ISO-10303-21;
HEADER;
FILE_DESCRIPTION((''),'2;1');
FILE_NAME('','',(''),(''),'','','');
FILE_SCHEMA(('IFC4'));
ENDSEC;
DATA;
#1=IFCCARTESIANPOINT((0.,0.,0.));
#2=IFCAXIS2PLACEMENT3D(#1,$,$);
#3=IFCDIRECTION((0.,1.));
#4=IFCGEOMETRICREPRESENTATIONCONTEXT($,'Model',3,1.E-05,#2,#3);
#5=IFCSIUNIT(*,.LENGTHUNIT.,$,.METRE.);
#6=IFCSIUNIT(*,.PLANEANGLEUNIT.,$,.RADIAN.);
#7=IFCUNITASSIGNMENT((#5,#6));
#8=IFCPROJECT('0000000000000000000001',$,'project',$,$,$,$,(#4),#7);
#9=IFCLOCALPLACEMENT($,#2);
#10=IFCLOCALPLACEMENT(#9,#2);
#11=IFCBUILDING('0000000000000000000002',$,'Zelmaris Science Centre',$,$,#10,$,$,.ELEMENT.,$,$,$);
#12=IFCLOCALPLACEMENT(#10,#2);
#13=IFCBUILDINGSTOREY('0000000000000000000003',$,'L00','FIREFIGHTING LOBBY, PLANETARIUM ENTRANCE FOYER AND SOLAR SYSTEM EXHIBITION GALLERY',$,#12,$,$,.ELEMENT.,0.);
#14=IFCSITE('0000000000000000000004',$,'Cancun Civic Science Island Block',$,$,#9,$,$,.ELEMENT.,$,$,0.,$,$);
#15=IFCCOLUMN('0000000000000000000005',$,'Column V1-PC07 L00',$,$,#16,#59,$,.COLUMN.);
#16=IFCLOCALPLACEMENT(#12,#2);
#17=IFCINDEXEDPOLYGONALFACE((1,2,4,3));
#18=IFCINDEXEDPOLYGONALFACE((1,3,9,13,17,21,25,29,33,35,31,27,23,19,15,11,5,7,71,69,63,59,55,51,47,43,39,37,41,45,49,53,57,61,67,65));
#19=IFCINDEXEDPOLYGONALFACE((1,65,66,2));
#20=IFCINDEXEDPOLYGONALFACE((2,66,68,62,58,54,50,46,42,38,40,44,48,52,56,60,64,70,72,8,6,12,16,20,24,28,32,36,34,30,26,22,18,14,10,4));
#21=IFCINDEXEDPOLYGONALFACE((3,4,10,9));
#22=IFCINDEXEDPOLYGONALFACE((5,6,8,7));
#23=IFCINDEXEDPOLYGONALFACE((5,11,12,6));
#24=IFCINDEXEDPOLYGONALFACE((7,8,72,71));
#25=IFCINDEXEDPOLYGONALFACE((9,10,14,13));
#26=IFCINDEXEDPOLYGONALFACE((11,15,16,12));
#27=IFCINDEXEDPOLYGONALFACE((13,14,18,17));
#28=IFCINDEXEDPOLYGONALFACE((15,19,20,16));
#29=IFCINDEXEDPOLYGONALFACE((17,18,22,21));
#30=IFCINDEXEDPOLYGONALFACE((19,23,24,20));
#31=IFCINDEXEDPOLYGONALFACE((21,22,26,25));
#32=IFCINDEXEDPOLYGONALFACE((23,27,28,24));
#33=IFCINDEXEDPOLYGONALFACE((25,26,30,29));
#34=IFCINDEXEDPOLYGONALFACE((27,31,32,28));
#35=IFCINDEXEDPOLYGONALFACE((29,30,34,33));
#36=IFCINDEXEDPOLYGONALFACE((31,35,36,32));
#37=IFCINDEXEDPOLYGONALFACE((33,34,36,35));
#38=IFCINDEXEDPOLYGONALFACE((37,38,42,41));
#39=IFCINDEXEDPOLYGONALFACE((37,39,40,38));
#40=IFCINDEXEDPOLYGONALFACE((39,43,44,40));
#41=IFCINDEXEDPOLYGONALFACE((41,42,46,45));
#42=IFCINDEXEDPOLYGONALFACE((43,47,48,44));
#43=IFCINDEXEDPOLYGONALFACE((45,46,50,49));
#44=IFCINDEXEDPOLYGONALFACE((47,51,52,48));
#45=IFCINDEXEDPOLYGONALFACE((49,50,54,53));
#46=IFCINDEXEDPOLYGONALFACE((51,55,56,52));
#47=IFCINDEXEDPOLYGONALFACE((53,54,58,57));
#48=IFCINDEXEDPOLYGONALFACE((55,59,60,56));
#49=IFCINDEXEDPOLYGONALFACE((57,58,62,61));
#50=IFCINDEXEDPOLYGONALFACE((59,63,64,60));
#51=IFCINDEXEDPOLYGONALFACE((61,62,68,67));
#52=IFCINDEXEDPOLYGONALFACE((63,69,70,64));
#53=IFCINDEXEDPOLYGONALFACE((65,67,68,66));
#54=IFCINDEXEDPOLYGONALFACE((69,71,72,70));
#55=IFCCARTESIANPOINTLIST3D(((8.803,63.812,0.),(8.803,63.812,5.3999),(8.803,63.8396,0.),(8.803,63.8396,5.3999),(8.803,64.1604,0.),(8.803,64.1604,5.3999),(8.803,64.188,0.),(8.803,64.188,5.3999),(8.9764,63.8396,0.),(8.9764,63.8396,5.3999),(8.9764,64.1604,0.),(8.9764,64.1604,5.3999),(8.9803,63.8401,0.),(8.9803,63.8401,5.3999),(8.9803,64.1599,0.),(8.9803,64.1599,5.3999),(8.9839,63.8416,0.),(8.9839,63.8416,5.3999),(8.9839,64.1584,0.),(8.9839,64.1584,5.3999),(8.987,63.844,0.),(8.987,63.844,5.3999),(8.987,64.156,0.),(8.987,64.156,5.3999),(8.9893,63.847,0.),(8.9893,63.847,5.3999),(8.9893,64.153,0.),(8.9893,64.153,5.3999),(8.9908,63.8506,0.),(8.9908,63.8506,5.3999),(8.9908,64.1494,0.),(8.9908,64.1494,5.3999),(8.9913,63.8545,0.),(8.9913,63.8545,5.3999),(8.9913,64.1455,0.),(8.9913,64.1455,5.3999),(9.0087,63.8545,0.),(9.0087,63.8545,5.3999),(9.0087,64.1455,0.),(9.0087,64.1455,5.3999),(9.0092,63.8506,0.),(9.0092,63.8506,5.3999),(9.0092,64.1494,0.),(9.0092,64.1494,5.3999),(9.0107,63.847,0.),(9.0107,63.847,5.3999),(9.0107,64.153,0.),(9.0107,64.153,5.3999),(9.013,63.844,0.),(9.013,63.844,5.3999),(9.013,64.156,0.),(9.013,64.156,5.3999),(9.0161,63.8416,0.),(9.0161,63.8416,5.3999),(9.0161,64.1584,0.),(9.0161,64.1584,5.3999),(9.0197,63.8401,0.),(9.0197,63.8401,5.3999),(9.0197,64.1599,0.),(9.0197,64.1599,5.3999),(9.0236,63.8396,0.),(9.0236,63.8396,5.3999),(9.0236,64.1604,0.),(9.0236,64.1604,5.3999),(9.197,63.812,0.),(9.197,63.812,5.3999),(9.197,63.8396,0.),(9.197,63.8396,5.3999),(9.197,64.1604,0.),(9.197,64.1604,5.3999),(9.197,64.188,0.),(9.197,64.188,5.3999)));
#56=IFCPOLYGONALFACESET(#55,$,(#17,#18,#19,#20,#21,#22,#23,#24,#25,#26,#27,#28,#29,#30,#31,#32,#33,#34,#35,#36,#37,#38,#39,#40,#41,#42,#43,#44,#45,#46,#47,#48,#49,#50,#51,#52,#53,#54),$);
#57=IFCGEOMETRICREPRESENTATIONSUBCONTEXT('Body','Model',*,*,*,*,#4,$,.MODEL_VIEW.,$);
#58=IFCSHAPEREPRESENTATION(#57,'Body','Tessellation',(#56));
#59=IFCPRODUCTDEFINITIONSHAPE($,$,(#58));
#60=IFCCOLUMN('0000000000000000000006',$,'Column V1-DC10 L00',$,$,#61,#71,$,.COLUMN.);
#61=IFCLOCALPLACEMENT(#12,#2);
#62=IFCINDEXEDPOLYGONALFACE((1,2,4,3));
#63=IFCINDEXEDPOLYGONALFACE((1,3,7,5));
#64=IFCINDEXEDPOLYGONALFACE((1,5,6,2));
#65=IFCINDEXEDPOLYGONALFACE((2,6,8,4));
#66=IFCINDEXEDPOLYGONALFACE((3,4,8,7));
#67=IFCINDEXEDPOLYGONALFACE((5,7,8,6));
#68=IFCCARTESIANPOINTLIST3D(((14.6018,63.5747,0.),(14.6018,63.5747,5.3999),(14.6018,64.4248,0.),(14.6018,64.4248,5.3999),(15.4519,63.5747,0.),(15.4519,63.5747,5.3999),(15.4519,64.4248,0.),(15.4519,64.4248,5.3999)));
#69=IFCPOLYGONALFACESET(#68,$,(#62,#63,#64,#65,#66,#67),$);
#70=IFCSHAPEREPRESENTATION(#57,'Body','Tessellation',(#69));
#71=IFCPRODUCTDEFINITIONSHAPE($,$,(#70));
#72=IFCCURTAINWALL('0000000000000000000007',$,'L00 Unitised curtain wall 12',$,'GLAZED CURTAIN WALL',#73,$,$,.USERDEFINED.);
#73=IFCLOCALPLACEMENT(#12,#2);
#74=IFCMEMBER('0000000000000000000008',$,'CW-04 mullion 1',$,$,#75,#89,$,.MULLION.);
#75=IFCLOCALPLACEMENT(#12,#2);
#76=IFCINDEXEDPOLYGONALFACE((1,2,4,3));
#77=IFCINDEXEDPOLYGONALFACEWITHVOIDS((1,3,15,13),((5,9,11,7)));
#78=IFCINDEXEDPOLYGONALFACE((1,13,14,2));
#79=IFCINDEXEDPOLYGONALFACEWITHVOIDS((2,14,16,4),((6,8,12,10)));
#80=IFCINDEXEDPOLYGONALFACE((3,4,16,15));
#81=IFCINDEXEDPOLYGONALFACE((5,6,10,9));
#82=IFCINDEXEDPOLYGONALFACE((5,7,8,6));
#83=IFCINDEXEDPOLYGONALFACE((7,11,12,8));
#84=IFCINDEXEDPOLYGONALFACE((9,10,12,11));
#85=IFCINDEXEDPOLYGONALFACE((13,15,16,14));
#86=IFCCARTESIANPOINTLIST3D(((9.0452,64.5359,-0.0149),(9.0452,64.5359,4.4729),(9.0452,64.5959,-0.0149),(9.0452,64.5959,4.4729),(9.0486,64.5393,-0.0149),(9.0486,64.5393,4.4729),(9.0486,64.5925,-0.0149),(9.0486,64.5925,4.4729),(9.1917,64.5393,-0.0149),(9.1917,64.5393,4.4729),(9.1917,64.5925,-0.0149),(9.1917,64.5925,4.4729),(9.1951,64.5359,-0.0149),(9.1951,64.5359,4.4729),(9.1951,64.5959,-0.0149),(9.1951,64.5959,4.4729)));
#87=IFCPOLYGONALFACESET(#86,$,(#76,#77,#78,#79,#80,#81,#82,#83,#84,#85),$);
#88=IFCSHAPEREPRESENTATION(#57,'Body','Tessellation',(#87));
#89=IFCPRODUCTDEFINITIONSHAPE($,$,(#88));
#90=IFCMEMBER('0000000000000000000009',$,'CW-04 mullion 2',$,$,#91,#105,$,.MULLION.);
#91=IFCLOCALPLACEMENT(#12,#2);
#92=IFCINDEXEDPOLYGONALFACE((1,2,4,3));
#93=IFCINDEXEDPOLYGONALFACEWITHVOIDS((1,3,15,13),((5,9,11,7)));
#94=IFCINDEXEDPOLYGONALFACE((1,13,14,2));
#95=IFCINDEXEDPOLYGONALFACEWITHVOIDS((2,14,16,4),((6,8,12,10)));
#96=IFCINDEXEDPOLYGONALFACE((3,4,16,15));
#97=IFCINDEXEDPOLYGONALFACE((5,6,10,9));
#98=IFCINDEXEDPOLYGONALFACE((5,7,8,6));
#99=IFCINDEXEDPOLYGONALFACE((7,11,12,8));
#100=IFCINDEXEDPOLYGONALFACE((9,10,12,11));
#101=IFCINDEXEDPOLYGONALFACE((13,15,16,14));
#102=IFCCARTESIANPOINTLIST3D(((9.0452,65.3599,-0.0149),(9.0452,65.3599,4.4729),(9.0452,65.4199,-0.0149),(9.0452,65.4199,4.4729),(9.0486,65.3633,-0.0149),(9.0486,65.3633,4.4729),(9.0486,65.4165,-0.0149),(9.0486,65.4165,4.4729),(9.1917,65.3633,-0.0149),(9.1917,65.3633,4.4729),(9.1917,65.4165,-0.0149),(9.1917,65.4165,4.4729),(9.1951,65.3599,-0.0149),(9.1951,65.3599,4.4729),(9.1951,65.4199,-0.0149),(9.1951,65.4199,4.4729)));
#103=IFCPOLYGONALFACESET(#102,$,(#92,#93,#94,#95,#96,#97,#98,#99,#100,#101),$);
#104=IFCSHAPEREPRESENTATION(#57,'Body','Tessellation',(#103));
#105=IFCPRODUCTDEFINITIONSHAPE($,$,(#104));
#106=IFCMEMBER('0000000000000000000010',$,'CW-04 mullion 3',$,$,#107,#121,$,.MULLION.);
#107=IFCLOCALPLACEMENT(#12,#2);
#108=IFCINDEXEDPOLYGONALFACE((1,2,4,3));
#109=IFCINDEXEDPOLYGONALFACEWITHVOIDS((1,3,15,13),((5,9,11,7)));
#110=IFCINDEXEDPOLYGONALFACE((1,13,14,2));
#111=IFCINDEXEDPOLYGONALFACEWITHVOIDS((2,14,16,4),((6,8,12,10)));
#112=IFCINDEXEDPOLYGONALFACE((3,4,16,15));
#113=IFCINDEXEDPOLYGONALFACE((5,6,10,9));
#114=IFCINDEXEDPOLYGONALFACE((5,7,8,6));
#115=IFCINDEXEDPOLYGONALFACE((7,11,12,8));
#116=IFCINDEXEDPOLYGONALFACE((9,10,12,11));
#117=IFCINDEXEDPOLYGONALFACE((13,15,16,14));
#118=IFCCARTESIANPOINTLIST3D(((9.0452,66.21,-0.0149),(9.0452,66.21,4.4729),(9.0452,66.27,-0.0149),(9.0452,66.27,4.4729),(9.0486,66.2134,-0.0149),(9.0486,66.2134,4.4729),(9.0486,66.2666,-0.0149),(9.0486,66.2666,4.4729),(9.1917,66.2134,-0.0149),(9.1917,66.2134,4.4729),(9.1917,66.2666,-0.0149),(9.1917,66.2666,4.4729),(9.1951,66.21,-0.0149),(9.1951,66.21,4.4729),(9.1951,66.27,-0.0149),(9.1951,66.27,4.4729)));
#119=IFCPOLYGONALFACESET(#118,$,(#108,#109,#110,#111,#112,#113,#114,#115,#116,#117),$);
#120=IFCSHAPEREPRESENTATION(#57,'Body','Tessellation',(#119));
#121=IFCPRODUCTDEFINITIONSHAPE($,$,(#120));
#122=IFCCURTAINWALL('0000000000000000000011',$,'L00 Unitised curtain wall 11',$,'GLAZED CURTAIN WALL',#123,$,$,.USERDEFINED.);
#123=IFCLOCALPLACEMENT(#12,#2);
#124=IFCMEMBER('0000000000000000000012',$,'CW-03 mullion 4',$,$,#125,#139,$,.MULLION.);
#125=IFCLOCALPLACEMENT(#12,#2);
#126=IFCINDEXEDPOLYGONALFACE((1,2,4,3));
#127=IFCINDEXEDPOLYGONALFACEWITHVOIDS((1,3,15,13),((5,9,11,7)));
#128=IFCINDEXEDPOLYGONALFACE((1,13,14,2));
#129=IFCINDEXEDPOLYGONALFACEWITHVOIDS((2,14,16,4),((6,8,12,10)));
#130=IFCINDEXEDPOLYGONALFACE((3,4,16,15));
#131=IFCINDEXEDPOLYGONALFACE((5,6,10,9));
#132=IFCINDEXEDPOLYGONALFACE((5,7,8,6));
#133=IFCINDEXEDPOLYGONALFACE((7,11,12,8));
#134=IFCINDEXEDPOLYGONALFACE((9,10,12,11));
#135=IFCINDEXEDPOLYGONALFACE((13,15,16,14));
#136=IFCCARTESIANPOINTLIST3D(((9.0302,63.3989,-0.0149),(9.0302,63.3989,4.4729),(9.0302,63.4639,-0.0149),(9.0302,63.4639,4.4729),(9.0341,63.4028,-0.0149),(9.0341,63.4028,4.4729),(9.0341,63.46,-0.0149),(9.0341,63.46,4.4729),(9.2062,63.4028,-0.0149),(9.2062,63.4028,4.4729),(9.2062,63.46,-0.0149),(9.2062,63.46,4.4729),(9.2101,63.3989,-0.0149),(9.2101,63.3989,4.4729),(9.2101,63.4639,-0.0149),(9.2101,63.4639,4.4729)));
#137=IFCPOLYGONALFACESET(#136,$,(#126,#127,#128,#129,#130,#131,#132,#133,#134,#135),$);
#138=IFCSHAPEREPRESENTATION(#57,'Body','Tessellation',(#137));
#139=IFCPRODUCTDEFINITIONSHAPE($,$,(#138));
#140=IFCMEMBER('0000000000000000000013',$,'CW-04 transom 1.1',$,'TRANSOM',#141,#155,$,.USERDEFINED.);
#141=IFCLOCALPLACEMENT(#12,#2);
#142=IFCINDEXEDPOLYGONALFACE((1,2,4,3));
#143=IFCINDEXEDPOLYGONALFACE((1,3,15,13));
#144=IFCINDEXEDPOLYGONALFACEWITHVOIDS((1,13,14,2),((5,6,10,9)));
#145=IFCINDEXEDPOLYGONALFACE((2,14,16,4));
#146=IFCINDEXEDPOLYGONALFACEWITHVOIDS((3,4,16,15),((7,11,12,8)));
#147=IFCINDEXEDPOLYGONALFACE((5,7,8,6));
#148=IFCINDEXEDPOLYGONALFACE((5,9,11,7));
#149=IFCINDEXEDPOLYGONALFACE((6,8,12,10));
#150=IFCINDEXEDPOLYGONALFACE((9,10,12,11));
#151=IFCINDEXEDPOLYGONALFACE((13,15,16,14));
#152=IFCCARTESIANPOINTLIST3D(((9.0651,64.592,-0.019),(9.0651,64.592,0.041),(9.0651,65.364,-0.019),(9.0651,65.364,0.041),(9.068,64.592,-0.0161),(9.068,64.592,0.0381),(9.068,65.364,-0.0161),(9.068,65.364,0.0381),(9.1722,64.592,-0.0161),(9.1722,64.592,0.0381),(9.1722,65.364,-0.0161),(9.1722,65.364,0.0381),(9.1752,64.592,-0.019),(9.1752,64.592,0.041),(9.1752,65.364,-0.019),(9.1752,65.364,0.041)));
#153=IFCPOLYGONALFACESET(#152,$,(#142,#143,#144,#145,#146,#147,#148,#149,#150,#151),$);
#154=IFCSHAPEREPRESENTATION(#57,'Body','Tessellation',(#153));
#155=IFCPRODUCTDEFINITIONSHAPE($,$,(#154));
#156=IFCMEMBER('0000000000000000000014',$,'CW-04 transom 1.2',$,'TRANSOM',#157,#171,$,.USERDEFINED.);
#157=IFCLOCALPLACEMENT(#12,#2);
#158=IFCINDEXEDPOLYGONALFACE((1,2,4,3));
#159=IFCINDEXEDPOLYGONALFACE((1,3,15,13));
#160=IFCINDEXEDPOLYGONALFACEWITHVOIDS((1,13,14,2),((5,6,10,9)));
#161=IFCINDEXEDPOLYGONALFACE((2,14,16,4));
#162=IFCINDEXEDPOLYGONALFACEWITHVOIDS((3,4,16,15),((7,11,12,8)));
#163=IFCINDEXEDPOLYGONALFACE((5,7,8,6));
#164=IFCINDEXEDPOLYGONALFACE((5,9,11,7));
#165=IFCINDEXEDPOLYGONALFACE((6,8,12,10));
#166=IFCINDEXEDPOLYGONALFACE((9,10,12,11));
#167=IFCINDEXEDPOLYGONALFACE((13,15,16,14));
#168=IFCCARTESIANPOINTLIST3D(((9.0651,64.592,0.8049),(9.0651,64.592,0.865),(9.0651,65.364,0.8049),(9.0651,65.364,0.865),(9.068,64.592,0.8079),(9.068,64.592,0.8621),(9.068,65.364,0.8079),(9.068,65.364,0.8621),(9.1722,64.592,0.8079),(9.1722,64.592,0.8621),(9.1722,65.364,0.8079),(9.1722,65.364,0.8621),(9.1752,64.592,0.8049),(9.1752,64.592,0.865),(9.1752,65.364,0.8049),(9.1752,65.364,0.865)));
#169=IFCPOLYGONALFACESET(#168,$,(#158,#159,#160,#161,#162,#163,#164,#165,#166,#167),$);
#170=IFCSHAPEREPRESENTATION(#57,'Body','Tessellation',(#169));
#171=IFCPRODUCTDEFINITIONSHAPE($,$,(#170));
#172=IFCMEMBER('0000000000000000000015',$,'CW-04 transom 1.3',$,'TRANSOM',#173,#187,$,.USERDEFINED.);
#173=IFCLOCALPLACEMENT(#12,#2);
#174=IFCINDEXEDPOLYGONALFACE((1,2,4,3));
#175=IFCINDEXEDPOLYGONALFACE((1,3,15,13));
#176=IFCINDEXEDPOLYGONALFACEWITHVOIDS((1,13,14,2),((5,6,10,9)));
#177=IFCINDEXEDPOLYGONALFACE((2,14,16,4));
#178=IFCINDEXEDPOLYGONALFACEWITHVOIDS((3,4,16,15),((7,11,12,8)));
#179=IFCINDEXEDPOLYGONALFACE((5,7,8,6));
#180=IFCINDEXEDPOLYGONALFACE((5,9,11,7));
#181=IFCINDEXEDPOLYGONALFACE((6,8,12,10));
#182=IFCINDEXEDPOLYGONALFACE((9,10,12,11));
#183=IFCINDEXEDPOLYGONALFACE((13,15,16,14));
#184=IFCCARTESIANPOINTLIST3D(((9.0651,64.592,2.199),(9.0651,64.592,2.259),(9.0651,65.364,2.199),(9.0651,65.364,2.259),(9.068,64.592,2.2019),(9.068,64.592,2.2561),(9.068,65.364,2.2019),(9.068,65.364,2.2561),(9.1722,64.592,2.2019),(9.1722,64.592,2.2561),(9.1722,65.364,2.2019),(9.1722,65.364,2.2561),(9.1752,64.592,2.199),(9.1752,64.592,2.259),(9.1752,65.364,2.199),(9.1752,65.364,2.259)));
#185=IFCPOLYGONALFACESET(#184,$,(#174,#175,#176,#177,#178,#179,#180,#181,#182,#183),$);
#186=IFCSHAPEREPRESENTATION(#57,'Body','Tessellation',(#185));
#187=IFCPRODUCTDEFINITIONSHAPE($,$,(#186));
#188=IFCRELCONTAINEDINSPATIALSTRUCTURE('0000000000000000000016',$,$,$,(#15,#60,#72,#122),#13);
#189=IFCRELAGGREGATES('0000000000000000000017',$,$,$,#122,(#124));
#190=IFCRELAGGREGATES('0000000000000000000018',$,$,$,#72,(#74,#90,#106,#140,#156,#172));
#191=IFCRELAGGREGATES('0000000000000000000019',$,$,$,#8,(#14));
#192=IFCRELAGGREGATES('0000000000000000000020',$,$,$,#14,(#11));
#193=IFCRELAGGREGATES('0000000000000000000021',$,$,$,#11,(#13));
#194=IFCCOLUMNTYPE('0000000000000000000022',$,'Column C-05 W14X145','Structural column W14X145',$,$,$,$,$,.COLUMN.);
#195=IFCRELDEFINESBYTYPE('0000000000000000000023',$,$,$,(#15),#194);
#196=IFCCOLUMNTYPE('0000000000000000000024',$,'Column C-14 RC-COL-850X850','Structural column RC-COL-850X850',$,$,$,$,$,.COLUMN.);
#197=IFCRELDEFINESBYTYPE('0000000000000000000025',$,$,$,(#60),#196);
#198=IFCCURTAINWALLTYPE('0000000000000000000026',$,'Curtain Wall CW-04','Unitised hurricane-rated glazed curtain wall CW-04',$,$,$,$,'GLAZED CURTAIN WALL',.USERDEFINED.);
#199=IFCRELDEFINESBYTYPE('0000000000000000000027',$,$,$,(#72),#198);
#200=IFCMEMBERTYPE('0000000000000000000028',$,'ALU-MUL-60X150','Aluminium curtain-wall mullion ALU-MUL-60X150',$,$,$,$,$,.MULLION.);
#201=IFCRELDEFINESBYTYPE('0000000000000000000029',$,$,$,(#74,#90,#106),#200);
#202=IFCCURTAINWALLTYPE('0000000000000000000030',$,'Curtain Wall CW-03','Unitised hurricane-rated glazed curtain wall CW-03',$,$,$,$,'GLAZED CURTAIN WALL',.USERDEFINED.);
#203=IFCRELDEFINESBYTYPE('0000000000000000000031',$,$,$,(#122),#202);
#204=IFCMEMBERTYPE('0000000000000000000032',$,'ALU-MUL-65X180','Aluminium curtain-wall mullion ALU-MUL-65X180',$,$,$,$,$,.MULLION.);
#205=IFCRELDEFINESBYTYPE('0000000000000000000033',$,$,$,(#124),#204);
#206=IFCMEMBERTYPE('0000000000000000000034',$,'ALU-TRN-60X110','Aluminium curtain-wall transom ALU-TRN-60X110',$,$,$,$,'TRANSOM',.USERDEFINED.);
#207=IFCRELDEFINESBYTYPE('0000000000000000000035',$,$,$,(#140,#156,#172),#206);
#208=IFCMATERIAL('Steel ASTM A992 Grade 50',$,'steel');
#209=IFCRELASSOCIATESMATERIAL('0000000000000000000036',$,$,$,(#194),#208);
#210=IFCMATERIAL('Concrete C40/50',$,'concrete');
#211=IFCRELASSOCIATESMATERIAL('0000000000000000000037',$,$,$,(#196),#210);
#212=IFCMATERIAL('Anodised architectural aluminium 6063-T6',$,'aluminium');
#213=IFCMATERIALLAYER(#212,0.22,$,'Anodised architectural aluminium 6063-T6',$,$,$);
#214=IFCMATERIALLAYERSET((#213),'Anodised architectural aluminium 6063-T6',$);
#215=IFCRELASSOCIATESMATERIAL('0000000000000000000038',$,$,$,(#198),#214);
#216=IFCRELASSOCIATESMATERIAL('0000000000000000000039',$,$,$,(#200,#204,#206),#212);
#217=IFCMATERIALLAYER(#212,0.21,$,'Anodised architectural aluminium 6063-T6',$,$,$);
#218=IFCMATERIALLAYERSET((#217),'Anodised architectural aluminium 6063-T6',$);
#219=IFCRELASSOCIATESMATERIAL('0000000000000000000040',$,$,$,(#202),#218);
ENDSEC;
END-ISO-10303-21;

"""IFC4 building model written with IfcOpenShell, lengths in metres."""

from ifc_helpers import new_model, si_unit, direction, frame, origin, origin_2d, place, context, subcontext, project, spatial, rectangle, hollow_rectangle, i_section, extrude, material, layer, layer_set, material_profile, profile_set, type_object, element, aggregate, save


model = new_model("IFC4")

# Units and contexts
model_context = context("Model", 3, precision=1e-05, world=origin(), true_north=direction((0.0, 1.0)))
body_context = subcontext(model_context, "Body", "Model", "MODEL_VIEW")
ifc_project = project(units=[si_unit("LENGTHUNIT", "METRE"), si_unit("PLANEANGLEUNIT", "RADIAN")], contexts=[model_context])

# Site, building, storey
site_placement = place(None, origin())
site = spatial("IfcSite", under=ifc_project, at=site_placement, Name="Cancun Civic Science Island Block", CompositionType="ELEMENT", RefElevation=0.0)
building_placement = place(site_placement, origin())
building = spatial("IfcBuilding", under=site, at=building_placement, Name="Zelmaris Science Centre", CompositionType="ELEMENT")
storey_placement = place(building_placement, origin())
storey = spatial("IfcBuildingStorey", under=building, at=storey_placement, Name="L00", Description="FIREFIGHTING LOBBY, PLANETARIUM ENTRANCE FOYER AND SOLAR SYSTEM EXHIBITION GALLERY", CompositionType="ELEMENT", Elevation=0.0)

# Columns
ifc_material_1 = material(Name="Steel ASTM A992 Grade 50", Category="steel")
ifc_material_profile_1 = material_profile(ifc_material_1, i_section(OverallWidth=0.394, OverallDepth=0.376, WebThickness=0.0173, FlangeThickness=0.0276, FilletRadius=0.0149, at=origin_2d()), Name="W14X145")
ifc_profile_set_1 = profile_set([ifc_material_profile_1], Name="Steel ASTM A992 Grade 50")
column_type_1 = type_object("IfcColumnType", Name="Column C-05 W14X145", Description="Structural column W14X145", PredefinedType="COLUMN", material=ifc_profile_set_1)
column_1_placement = place(storey_placement, frame((9.0, 64.0, 0.0), z_axis=(0.0, 0.0, 1.0), x_axis=(1.0, 0.0, 0.0)))
element("IfcColumn", 1, at=column_1_placement, inside=storey, type_object=column_type_1, Name="Column V1-PC07 L00", PredefinedType="COLUMN", context=body_context, shape_type="SweptSolid", body=[
    extrude(i_section(OverallWidth=0.394, OverallDepth=0.376, WebThickness=0.0173, FlangeThickness=0.0276, FilletRadius=0.0149, at=origin_2d()), origin(), (0.0, 0.0, 1.0), 5.3999),
])
ifc_material_2 = material(Name="Concrete C40/50", Category="concrete")
ifc_material_profile_2 = material_profile(ifc_material_2, rectangle(XDim=0.8501, YDim=0.8501, at=origin_2d()), Name="RC-COL-850X850")
ifc_profile_set_2 = profile_set([ifc_material_profile_2], Name="Concrete C40/50")
column_type_2 = type_object("IfcColumnType", Name="Column C-14 RC-COL-850X850", Description="Structural column RC-COL-850X850", PredefinedType="COLUMN", material=ifc_profile_set_2)
column_2_placement = place(storey_placement, frame((15.0269, 63.9998, 0.0), z_axis=(0.0, 0.0, 1.0), x_axis=(1.0, 0.0, 0.0)))
element("IfcColumn", 2, at=column_2_placement, inside=storey, type_object=column_type_2, Name="Column V1-DC10 L00", PredefinedType="COLUMN", context=body_context, shape_type="SweptSolid", body=[
    extrude(rectangle(XDim=0.8501, YDim=0.8501, at=origin_2d()), origin(), (0.0, 0.0, 1.0), 5.3999),
])

# Curtain wall, members
ifc_material_3 = material(Name="Anodised architectural aluminium 6063-T6", Category="aluminium")
ifc_layer_1 = layer(ifc_material_3, 0.22, Name="Anodised architectural aluminium 6063-T6")
ifc_layer_set_1 = layer_set([ifc_layer_1], Name="Anodised architectural aluminium 6063-T6")
curtain_wall_type_1 = type_object("IfcCurtainWallType", Name="Curtain Wall CW-04", Description="Unitised hurricane-rated glazed curtain wall CW-04", ElementType="GLAZED CURTAIN WALL", PredefinedType="USERDEFINED", material=ifc_layer_set_1)
curtain_wall_1_placement = place(storey_placement, origin())
curtain_wall_1 = element("IfcCurtainWall", 3, at=curtain_wall_1_placement, inside=storey, type_object=curtain_wall_type_1, Name="L00 Unitised curtain wall 12", ObjectType="GLAZED CURTAIN WALL", PredefinedType="USERDEFINED")
ifc_material_profile_3 = material_profile(ifc_material_3, hollow_rectangle(XDim=0.0601, YDim=0.1499, WallThickness=0.0034, at=origin_2d()), Name="ALU-MUL-60X150")
ifc_profile_set_3 = profile_set([ifc_material_profile_3], Name="Anodised architectural aluminium 6063-T6")
member_type_1 = type_object("IfcMemberType", Name="ALU-MUL-60X150", Description="Aluminium curtain-wall mullion ALU-MUL-60X150", PredefinedType="MULLION", material=ifc_profile_set_3)
member_1_placement = place(storey_placement, frame((9.1201, 64.5659, -0.0149), z_axis=(0.0, 0.0, 1.0), x_axis=(0.0, 1.0, 0.0)))
member_1 = element("IfcMember", 4, at=member_1_placement, type_object=member_type_1, Name="CW-04 mullion 1", PredefinedType="MULLION", context=body_context, shape_type="SweptSolid", body=[
    extrude(hollow_rectangle(XDim=0.0601, YDim=0.1499, WallThickness=0.0034, at=origin_2d()), origin(), (0.0, 0.0, 1.0), 4.4878),
])
member_2_placement = place(storey_placement, frame((9.1201, 65.3899, -0.0149), z_axis=(0.0, 0.0, 1.0), x_axis=(0.0, 1.0, 0.0)))
member_2 = element("IfcMember", 5, at=member_2_placement, type_object=member_type_1, Name="CW-04 mullion 2", PredefinedType="MULLION", context=body_context, shape_type="SweptSolid", body=[
    extrude(hollow_rectangle(XDim=0.0601, YDim=0.1499, WallThickness=0.0034, at=origin_2d()), origin(), (0.0, 0.0, 1.0), 4.4878),
])
member_3_placement = place(storey_placement, frame((9.1201, 66.24, -0.0149), z_axis=(0.0, 0.0, 1.0), x_axis=(0.0, 1.0, 0.0)))
member_3 = element("IfcMember", 6, at=member_3_placement, type_object=member_type_1, Name="CW-04 mullion 3", PredefinedType="MULLION", context=body_context, shape_type="SweptSolid", body=[
    extrude(hollow_rectangle(XDim=0.0601, YDim=0.1499, WallThickness=0.0034, at=origin_2d()), origin(), (0.0, 0.0, 1.0), 4.4878),
])

# Curtain wall, member
ifc_layer_2 = layer(ifc_material_3, 0.21, Name="Anodised architectural aluminium 6063-T6")
ifc_layer_set_2 = layer_set([ifc_layer_2], Name="Anodised architectural aluminium 6063-T6")
curtain_wall_type_2 = type_object("IfcCurtainWallType", Name="Curtain Wall CW-03", Description="Unitised hurricane-rated glazed curtain wall CW-03", ElementType="GLAZED CURTAIN WALL", PredefinedType="USERDEFINED", material=ifc_layer_set_2)
curtain_wall_2_placement = place(storey_placement, origin())
curtain_wall_2 = element("IfcCurtainWall", 7, at=curtain_wall_2_placement, inside=storey, type_object=curtain_wall_type_2, Name="L00 Unitised curtain wall 11", ObjectType="GLAZED CURTAIN WALL", PredefinedType="USERDEFINED")
ifc_material_profile_4 = material_profile(ifc_material_3, hollow_rectangle(XDim=0.0649, YDim=0.1799, WallThickness=0.0039, at=origin_2d()), Name="ALU-MUL-65X180")
ifc_profile_set_4 = profile_set([ifc_material_profile_4], Name="Anodised architectural aluminium 6063-T6")
member_type_2 = type_object("IfcMemberType", Name="ALU-MUL-65X180", Description="Aluminium curtain-wall mullion ALU-MUL-65X180", PredefinedType="MULLION", material=ifc_profile_set_4)
member_4_placement = place(storey_placement, frame((9.1201, 63.4314, -0.0149), z_axis=(0.0, 0.0, 1.0), x_axis=(0.0, 1.0, 0.0)))
member_4 = element("IfcMember", 8, at=member_4_placement, type_object=member_type_2, Name="CW-03 mullion 4", PredefinedType="MULLION", context=body_context, shape_type="SweptSolid", body=[
    extrude(hollow_rectangle(XDim=0.0649, YDim=0.1799, WallThickness=0.0039, at=origin_2d()), origin(), (0.0, 0.0, 1.0), 4.4878),
])

# Members
ifc_material_profile_5 = material_profile(ifc_material_3, hollow_rectangle(XDim=0.0601, YDim=0.1101, WallThickness=0.0029, at=origin_2d()), Name="ALU-TRN-60X110")
ifc_profile_set_5 = profile_set([ifc_material_profile_5], Name="Anodised architectural aluminium 6063-T6")
member_type_3 = type_object("IfcMemberType", Name="ALU-TRN-60X110", Description="Aluminium curtain-wall transom ALU-TRN-60X110", ElementType="TRANSOM", PredefinedType="USERDEFINED", material=ifc_profile_set_5)
member_5_placement = place(storey_placement, frame((9.1201, 64.592, 0.011), z_axis=(0.0, 1.0, 0.0), x_axis=(0.0, 0.0, 1.0)))
member_5 = element("IfcMember", 9, at=member_5_placement, type_object=member_type_3, Name="CW-04 transom 1.1", ObjectType="TRANSOM", PredefinedType="USERDEFINED", context=body_context, shape_type="SweptSolid", body=[
    extrude(hollow_rectangle(XDim=0.0601, YDim=0.1101, WallThickness=0.0029, at=origin_2d()), origin(), (0.0, 0.0, 1.0), 0.772),
])
member_6_placement = place(storey_placement, frame((9.1201, 64.592, 0.835), z_axis=(0.0, 1.0, 0.0), x_axis=(0.0, 0.0, 1.0)))
member_6 = element("IfcMember", 10, at=member_6_placement, type_object=member_type_3, Name="CW-04 transom 1.2", ObjectType="TRANSOM", PredefinedType="USERDEFINED", context=body_context, shape_type="SweptSolid", body=[
    extrude(hollow_rectangle(XDim=0.0601, YDim=0.1101, WallThickness=0.0029, at=origin_2d()), origin(), (0.0, 0.0, 1.0), 0.772),
])
member_7_placement = place(storey_placement, frame((9.1201, 64.592, 2.229), z_axis=(0.0, 1.0, 0.0), x_axis=(0.0, 0.0, 1.0)))
member_7 = element("IfcMember", 11, at=member_7_placement, type_object=member_type_3, Name="CW-04 transom 1.3", ObjectType="TRANSOM", PredefinedType="USERDEFINED", context=body_context, shape_type="SweptSolid", body=[
    extrude(hollow_rectangle(XDim=0.0601, YDim=0.1101, WallThickness=0.0029, at=origin_2d()), origin(), (0.0, 0.0, 1.0), 0.772),
])

aggregate(curtain_wall_2, [member_4])
aggregate(curtain_wall_1, [member_1, member_2, member_3, member_5, member_6, member_7])

save(model, "model.ifc")
